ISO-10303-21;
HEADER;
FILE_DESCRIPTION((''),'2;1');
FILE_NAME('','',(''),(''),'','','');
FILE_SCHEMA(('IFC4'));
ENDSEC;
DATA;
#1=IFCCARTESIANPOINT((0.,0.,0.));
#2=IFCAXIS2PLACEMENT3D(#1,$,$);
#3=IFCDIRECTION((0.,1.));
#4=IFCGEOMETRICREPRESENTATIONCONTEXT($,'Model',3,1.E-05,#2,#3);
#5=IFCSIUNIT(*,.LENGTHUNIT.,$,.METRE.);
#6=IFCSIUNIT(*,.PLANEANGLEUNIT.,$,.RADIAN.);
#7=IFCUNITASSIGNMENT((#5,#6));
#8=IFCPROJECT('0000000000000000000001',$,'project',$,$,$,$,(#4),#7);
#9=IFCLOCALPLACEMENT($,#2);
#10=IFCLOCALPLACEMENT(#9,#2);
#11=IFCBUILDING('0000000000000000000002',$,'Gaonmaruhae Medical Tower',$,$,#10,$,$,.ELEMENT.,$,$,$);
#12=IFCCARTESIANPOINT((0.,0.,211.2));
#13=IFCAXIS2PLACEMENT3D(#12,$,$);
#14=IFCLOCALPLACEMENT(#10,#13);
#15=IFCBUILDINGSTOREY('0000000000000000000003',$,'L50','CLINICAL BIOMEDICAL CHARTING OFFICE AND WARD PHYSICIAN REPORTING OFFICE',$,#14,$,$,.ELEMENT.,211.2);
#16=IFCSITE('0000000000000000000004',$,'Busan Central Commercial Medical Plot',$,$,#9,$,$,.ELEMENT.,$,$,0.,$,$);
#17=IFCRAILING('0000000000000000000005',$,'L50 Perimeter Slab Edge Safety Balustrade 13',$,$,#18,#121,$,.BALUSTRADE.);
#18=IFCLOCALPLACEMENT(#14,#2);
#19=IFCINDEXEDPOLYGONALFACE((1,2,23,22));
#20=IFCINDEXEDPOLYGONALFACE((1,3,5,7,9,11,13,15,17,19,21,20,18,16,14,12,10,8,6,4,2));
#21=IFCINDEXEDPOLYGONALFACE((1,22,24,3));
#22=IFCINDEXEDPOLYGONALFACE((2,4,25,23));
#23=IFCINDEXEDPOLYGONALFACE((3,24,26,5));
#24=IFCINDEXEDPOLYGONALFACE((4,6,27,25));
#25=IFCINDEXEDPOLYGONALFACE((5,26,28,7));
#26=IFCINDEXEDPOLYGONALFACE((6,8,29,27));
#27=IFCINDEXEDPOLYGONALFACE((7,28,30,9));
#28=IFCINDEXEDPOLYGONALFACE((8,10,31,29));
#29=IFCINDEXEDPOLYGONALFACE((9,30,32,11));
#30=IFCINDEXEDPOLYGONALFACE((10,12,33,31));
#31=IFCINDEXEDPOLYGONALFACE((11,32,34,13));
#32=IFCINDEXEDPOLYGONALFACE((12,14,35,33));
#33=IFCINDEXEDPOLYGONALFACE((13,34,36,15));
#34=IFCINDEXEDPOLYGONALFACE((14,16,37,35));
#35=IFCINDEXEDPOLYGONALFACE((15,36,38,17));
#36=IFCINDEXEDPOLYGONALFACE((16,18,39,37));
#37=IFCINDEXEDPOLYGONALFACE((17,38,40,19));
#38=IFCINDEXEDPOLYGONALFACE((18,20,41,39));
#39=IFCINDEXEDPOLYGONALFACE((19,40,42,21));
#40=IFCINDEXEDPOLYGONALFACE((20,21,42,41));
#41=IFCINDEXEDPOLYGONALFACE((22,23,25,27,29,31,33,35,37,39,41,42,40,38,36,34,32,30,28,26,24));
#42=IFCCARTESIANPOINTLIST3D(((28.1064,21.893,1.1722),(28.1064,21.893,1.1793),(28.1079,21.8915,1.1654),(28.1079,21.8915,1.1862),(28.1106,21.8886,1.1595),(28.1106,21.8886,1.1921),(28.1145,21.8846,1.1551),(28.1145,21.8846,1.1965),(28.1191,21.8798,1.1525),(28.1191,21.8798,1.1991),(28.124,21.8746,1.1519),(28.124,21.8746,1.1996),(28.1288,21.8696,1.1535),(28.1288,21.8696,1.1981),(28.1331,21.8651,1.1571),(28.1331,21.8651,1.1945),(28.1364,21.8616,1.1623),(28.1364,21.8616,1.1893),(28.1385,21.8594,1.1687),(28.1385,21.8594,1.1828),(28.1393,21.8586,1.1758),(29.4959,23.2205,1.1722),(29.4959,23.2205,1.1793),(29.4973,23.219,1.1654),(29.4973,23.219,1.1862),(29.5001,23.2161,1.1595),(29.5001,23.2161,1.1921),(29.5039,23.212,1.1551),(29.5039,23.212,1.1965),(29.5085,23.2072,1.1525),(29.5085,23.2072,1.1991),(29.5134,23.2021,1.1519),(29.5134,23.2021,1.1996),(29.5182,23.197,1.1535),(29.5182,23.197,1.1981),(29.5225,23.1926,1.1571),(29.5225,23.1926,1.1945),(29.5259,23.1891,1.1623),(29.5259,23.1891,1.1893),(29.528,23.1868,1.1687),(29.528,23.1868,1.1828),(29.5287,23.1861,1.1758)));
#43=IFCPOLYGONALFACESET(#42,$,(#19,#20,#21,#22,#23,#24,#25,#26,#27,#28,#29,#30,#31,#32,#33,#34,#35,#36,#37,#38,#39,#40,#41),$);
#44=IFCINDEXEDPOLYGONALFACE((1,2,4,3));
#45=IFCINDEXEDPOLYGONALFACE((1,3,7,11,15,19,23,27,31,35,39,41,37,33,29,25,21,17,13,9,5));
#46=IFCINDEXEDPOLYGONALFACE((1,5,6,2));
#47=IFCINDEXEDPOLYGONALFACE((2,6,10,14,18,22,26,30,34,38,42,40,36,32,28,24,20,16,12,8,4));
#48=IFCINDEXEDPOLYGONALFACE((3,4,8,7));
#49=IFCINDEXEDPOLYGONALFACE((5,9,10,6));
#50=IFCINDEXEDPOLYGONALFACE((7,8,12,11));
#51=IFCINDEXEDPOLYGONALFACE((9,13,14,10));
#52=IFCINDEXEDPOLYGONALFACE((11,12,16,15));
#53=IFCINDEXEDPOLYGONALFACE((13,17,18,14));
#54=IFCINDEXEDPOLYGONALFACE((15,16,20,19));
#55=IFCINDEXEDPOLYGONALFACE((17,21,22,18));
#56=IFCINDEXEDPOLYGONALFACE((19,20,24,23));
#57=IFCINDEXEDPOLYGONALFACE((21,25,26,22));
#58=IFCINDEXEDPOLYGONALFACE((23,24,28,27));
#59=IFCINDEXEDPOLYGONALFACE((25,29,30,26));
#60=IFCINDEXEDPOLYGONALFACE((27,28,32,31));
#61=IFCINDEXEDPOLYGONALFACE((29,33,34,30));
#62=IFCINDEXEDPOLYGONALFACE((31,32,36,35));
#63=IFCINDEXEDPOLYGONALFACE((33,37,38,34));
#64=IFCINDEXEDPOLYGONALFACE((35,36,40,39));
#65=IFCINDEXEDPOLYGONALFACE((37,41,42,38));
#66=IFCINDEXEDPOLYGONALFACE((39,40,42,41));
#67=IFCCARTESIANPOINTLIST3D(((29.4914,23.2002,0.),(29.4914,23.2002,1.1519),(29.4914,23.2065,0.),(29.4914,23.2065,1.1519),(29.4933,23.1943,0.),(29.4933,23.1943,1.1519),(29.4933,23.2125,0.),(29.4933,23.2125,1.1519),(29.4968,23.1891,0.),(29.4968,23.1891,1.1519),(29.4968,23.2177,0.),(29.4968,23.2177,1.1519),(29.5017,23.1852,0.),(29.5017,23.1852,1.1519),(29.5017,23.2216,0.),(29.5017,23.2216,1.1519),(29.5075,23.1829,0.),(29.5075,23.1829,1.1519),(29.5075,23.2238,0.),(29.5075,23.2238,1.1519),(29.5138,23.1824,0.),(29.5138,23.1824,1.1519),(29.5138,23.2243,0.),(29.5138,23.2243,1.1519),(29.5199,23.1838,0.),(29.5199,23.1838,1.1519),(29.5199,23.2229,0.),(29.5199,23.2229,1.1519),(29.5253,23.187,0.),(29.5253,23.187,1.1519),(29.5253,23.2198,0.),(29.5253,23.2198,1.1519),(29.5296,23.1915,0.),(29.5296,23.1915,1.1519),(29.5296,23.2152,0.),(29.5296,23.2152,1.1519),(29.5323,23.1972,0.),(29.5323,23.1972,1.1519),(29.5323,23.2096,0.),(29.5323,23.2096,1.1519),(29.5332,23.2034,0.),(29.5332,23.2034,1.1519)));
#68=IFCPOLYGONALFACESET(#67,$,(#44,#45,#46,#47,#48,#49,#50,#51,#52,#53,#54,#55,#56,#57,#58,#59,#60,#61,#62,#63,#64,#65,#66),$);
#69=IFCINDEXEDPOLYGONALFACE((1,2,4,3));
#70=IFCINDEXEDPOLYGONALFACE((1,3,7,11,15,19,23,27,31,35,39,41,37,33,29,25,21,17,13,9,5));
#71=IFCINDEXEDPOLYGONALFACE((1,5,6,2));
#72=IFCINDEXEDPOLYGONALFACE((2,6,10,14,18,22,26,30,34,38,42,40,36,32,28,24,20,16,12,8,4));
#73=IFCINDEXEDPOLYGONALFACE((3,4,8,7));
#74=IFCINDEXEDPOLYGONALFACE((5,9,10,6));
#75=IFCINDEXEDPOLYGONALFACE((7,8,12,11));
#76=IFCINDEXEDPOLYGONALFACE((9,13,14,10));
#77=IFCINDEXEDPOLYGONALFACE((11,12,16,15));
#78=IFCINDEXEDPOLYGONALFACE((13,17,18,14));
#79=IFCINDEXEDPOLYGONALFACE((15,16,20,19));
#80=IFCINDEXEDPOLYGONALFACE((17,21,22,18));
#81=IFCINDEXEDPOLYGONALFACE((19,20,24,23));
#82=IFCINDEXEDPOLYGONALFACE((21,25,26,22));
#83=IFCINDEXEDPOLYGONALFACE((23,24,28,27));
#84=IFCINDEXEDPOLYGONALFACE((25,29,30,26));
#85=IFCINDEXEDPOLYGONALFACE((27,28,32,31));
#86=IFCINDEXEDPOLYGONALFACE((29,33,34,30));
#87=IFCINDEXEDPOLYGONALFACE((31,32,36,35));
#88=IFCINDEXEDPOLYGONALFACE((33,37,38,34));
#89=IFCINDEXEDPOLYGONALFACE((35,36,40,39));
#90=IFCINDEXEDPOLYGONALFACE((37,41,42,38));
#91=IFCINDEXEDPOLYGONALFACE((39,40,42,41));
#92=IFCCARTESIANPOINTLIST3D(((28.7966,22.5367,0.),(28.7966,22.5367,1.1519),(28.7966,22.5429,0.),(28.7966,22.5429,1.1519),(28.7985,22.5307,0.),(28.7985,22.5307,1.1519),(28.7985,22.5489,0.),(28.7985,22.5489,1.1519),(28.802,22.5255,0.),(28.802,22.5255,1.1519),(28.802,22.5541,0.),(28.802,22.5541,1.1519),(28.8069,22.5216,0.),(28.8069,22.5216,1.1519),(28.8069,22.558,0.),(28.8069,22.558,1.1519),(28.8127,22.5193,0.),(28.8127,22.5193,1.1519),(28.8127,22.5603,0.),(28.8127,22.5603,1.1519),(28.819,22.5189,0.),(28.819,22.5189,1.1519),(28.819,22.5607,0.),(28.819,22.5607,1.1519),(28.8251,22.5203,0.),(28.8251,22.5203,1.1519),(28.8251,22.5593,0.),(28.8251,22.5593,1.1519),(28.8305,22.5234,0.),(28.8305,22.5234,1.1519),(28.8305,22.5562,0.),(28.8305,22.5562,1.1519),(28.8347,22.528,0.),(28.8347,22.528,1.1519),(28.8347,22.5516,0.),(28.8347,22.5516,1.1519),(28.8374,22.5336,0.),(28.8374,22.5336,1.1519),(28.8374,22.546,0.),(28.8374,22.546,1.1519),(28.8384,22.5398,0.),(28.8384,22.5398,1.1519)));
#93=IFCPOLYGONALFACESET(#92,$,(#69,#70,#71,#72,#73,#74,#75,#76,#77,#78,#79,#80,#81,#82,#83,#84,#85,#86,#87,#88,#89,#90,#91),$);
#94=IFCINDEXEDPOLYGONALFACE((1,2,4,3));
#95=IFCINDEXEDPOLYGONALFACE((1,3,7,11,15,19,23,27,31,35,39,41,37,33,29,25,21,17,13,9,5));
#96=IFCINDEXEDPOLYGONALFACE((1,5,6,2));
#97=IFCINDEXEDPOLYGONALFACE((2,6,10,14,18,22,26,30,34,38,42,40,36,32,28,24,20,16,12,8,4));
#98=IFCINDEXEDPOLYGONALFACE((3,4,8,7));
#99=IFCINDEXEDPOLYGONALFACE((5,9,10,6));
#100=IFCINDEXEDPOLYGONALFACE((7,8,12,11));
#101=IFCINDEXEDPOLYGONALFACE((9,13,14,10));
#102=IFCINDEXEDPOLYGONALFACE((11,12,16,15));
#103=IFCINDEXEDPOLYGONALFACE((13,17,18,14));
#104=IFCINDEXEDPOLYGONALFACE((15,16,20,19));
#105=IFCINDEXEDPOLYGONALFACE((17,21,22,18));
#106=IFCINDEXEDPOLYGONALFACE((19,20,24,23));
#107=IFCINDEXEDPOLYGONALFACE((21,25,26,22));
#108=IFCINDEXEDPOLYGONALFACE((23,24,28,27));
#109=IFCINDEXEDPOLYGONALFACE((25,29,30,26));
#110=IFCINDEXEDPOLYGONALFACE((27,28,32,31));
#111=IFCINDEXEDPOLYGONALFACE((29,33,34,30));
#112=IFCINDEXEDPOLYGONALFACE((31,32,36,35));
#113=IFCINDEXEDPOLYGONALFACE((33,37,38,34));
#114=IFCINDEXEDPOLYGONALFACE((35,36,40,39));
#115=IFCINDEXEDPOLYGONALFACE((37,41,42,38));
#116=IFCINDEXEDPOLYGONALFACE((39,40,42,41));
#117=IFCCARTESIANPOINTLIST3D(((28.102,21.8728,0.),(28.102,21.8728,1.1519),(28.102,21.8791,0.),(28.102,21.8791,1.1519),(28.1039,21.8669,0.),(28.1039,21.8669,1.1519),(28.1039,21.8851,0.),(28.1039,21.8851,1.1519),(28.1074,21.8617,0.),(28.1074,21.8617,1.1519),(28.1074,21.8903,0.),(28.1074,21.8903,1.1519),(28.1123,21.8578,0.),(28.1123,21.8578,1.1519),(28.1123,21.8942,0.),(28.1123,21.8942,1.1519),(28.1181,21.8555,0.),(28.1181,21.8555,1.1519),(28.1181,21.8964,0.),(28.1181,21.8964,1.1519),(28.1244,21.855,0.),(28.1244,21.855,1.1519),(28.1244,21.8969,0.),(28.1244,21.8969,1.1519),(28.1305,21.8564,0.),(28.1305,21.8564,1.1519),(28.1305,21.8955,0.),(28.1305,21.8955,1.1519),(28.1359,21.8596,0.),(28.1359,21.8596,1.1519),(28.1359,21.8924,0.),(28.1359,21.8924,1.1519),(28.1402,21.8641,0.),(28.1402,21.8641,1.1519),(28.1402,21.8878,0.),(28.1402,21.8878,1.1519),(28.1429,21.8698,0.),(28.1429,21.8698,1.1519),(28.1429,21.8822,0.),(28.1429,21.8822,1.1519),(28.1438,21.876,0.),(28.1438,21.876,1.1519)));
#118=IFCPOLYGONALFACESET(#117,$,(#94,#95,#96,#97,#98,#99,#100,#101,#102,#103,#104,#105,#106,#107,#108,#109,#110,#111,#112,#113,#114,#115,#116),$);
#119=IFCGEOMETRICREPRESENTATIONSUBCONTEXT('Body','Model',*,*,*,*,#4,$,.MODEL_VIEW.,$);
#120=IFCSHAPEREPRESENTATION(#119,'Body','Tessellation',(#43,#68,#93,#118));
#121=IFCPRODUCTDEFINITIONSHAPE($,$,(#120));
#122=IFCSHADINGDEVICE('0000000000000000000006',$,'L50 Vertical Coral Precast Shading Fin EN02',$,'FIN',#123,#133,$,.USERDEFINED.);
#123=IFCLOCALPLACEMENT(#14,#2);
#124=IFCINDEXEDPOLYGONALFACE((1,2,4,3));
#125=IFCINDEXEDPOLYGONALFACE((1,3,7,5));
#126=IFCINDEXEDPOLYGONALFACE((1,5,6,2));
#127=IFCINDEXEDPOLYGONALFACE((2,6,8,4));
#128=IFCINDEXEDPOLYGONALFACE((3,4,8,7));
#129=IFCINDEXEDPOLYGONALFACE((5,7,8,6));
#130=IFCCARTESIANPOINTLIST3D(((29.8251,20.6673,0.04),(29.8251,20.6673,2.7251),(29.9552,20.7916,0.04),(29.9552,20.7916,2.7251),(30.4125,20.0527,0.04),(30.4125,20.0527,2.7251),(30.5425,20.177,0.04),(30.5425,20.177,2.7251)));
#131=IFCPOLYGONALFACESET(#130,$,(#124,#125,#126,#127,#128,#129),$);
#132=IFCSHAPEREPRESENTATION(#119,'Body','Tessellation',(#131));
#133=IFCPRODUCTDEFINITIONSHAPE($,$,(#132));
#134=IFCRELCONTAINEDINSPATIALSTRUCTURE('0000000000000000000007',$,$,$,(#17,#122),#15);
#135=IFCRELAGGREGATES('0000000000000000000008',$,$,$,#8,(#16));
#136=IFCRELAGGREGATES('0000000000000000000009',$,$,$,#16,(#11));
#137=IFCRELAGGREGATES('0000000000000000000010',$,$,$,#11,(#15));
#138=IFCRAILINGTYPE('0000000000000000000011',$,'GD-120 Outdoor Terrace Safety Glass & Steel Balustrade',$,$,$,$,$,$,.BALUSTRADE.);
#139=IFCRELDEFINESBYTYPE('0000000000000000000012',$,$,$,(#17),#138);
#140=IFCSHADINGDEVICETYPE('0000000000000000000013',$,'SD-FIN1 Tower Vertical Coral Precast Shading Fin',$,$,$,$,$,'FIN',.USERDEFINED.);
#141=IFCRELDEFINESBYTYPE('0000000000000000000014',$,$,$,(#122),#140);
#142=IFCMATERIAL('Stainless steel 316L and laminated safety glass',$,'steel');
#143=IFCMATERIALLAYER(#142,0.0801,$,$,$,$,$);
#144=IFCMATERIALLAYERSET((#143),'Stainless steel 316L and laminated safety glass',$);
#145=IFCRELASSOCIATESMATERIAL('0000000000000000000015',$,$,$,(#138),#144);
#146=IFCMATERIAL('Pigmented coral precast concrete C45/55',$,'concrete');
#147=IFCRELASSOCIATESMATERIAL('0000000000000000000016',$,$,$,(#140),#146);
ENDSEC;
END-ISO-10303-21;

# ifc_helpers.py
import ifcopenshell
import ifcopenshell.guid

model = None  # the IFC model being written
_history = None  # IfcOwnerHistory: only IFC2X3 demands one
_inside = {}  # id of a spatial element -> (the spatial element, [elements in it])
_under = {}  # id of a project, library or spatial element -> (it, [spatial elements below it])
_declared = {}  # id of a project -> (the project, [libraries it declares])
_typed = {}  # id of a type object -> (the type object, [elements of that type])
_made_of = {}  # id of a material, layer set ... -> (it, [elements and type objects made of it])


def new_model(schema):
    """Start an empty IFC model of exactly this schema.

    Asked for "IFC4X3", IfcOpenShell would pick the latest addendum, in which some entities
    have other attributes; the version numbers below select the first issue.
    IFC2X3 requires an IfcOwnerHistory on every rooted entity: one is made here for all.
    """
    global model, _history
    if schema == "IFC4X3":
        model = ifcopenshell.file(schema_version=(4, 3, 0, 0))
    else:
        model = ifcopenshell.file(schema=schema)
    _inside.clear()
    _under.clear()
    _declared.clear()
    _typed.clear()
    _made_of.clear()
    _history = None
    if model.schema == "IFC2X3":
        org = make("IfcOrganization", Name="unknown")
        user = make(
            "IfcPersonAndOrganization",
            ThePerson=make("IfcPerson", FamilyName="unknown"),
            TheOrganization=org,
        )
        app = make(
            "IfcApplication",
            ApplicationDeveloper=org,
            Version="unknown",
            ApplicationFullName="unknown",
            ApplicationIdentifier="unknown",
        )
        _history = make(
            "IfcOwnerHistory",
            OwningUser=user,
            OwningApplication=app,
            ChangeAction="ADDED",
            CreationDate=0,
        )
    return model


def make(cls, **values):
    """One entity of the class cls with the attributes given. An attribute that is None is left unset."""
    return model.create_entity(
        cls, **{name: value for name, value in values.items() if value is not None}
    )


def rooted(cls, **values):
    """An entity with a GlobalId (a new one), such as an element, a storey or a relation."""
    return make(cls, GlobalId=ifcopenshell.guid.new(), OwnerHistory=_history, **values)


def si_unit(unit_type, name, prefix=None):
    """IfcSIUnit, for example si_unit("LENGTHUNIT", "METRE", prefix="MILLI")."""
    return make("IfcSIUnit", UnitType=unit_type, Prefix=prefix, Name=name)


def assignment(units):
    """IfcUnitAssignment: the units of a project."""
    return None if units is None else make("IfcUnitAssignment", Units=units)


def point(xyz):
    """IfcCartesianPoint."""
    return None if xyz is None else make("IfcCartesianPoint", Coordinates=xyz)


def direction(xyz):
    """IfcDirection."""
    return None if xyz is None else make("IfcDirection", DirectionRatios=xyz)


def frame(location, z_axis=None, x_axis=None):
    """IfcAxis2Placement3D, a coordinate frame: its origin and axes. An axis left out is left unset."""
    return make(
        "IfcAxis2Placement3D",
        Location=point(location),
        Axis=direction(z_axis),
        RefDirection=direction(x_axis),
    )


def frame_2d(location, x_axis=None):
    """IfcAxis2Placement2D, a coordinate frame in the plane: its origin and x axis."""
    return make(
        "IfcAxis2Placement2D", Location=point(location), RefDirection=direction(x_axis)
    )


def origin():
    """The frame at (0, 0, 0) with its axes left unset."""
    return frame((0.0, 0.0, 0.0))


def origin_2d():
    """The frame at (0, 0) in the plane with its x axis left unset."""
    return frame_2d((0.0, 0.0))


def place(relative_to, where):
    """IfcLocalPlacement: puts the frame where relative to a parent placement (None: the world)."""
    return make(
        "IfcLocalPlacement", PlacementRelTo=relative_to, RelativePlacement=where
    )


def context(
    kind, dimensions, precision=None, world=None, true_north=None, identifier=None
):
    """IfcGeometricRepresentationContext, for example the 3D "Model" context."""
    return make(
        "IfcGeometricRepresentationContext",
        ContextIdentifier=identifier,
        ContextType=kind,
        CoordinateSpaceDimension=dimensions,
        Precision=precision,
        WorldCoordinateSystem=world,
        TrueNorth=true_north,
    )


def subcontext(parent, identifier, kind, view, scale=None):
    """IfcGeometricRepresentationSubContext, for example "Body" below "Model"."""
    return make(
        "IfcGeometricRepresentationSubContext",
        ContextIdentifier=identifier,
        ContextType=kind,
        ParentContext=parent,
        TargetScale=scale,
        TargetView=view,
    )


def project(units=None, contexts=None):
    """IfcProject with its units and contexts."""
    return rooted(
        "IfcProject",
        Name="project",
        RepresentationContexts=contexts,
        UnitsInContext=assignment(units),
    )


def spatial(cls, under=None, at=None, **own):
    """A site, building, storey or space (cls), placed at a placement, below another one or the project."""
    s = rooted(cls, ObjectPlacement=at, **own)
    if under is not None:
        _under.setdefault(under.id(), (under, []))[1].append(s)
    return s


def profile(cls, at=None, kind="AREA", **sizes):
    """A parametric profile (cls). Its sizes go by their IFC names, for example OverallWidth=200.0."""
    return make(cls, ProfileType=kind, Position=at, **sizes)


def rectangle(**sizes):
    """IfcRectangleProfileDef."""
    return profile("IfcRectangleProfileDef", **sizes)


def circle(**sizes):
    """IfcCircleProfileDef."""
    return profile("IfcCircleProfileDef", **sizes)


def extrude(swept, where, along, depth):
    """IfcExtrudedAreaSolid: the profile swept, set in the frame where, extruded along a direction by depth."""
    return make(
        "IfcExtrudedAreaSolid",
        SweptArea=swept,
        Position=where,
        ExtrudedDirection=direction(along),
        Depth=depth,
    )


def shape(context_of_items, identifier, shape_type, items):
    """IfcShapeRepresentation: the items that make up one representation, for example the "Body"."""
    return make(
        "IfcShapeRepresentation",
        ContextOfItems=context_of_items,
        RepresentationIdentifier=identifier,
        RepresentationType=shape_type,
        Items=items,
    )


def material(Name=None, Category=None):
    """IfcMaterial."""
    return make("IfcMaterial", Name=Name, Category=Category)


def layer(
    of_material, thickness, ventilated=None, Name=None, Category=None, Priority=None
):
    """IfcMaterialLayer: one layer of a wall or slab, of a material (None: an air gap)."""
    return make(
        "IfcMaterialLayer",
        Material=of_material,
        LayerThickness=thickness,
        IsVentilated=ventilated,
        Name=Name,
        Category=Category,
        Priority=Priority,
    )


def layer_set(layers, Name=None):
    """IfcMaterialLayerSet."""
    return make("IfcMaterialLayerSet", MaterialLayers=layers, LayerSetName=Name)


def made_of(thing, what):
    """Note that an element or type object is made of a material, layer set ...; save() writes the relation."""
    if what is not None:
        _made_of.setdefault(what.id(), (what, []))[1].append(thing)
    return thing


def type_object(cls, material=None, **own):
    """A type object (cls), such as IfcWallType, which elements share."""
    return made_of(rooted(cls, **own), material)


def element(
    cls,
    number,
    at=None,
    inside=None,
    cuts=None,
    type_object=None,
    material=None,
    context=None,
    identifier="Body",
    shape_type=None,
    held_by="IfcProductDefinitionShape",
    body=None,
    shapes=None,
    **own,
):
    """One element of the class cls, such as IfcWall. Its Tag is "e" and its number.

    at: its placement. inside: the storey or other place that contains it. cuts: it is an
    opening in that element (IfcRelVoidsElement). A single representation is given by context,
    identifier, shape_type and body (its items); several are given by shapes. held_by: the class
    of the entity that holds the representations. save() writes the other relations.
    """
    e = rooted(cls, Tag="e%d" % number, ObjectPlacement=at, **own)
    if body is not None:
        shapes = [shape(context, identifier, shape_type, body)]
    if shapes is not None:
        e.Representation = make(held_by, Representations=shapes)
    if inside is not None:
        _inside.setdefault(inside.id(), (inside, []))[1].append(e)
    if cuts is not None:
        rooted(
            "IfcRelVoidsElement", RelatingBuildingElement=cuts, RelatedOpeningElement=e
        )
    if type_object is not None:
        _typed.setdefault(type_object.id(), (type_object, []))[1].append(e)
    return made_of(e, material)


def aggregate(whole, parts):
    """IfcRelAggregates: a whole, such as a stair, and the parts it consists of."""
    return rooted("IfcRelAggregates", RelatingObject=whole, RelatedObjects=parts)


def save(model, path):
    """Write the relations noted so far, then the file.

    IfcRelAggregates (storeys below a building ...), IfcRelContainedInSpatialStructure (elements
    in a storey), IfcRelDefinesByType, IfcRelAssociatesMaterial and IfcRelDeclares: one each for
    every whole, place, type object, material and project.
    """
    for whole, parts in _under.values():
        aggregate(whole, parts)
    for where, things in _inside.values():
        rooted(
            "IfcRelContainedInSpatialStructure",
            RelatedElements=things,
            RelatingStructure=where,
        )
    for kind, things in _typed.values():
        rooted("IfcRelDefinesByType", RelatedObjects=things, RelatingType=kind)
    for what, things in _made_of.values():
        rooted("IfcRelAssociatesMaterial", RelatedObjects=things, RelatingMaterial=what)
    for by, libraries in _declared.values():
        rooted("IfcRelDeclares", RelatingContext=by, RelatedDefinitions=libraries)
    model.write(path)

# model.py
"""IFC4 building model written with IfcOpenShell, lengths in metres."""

from ifc_helpers import new_model, si_unit, direction, frame, origin, origin_2d, place, context, subcontext, project, spatial, rectangle, circle, extrude, material, layer, layer_set, type_object, element, save


model = new_model("IFC4")

# Units and contexts
model_context = context("Model", 3, precision=1e-05, world=origin(), true_north=direction((0.0, 1.0)))
body_context = subcontext(model_context, "Body", "Model", "MODEL_VIEW")
ifc_project = project(units=[si_unit("LENGTHUNIT", "METRE"), si_unit("PLANEANGLEUNIT", "RADIAN")], contexts=[model_context])

# Site, building, storey
site_placement = place(None, origin())
site = spatial("IfcSite", under=ifc_project, at=site_placement, Name="Busan Central Commercial Medical Plot", CompositionType="ELEMENT", RefElevation=0.0)
building_placement = place(site_placement, origin())
building = spatial("IfcBuilding", under=site, at=building_placement, Name="Gaonmaruhae Medical Tower", CompositionType="ELEMENT")
storey_placement = place(building_placement, frame((0.0, 0.0, 211.2)))
storey = spatial("IfcBuildingStorey", under=building, at=storey_placement, Name="L50", Description="CLINICAL BIOMEDICAL CHARTING OFFICE AND WARD PHYSICIAN REPORTING OFFICE", CompositionType="ELEMENT", Elevation=211.2)

# Railing
ifc_material_1 = material(Name="Stainless steel 316L and laminated safety glass", Category="steel")
ifc_layer_1 = layer(ifc_material_1, 0.0801)
ifc_layer_set_1 = layer_set([ifc_layer_1], Name="Stainless steel 316L and laminated safety glass")
railing_type = type_object("IfcRailingType", Name="GD-120 Outdoor Terrace Safety Glass & Steel Balustrade", PredefinedType="BALUSTRADE", material=ifc_layer_set_1)
railing_placement = place(storey_placement, frame((29.5122, 23.2034, 0.0)))
element("IfcRailing", 1, at=railing_placement, inside=storey, type_object=railing_type, Name="L50 Perimeter Slab Edge Safety Balustrade 13", PredefinedType="BALUSTRADE", context=body_context, shape_type="SweptSolid", body=[
    extrude(circle(Radius=0.0239, at=origin_2d()), frame((0.0, 0.0, 1.1758), z_axis=(-0.723058, -0.690787, 0.0), x_axis=(0.690787, -0.723058, 0.0)), (0.0, 0.0, 1.0), 1.9216),
    extrude(circle(Radius=0.021, at=origin_2d()), origin(), (0.0, 0.0, 1.0), 1.1519),
    extrude(circle(Radius=0.021, at=origin_2d()), frame((-0.6948, -0.6636, 0.0)), (0.0, 0.0, 1.0), 1.1519),
    extrude(circle(Radius=0.021, at=origin_2d()), frame((-1.3894, -1.3274, 0.0)), (0.0, 0.0, 1.0), 1.1519),
])

# Shading device
ifc_material_2 = material(Name="Pigmented coral precast concrete C45/55", Category="concrete")
shading_device_type = type_object("IfcShadingDeviceType", Name="SD-FIN1 Tower Vertical Coral Precast Shading Fin", ElementType="FIN", PredefinedType="USERDEFINED", material=ifc_material_2)
shading_device_placement = place(storey_placement, frame((30.1838, 20.4221, 0.04), z_axis=(0.0, 0.0, 1.0), x_axis=(0.722967, 0.690882, 0.0)))
element("IfcShadingDevice", 2, at=shading_device_placement, inside=storey, type_object=shading_device_type, Name="L50 Vertical Coral Precast Shading Fin EN02", ObjectType="FIN", PredefinedType="USERDEFINED", context=body_context, shape_type="SweptSolid", body=[
    extrude(rectangle(XDim=0.1799, YDim=0.8501, at=origin_2d()), origin(), (0.0, 0.0, 1.0), 2.6851),
])

save(model, "model.ifc")
